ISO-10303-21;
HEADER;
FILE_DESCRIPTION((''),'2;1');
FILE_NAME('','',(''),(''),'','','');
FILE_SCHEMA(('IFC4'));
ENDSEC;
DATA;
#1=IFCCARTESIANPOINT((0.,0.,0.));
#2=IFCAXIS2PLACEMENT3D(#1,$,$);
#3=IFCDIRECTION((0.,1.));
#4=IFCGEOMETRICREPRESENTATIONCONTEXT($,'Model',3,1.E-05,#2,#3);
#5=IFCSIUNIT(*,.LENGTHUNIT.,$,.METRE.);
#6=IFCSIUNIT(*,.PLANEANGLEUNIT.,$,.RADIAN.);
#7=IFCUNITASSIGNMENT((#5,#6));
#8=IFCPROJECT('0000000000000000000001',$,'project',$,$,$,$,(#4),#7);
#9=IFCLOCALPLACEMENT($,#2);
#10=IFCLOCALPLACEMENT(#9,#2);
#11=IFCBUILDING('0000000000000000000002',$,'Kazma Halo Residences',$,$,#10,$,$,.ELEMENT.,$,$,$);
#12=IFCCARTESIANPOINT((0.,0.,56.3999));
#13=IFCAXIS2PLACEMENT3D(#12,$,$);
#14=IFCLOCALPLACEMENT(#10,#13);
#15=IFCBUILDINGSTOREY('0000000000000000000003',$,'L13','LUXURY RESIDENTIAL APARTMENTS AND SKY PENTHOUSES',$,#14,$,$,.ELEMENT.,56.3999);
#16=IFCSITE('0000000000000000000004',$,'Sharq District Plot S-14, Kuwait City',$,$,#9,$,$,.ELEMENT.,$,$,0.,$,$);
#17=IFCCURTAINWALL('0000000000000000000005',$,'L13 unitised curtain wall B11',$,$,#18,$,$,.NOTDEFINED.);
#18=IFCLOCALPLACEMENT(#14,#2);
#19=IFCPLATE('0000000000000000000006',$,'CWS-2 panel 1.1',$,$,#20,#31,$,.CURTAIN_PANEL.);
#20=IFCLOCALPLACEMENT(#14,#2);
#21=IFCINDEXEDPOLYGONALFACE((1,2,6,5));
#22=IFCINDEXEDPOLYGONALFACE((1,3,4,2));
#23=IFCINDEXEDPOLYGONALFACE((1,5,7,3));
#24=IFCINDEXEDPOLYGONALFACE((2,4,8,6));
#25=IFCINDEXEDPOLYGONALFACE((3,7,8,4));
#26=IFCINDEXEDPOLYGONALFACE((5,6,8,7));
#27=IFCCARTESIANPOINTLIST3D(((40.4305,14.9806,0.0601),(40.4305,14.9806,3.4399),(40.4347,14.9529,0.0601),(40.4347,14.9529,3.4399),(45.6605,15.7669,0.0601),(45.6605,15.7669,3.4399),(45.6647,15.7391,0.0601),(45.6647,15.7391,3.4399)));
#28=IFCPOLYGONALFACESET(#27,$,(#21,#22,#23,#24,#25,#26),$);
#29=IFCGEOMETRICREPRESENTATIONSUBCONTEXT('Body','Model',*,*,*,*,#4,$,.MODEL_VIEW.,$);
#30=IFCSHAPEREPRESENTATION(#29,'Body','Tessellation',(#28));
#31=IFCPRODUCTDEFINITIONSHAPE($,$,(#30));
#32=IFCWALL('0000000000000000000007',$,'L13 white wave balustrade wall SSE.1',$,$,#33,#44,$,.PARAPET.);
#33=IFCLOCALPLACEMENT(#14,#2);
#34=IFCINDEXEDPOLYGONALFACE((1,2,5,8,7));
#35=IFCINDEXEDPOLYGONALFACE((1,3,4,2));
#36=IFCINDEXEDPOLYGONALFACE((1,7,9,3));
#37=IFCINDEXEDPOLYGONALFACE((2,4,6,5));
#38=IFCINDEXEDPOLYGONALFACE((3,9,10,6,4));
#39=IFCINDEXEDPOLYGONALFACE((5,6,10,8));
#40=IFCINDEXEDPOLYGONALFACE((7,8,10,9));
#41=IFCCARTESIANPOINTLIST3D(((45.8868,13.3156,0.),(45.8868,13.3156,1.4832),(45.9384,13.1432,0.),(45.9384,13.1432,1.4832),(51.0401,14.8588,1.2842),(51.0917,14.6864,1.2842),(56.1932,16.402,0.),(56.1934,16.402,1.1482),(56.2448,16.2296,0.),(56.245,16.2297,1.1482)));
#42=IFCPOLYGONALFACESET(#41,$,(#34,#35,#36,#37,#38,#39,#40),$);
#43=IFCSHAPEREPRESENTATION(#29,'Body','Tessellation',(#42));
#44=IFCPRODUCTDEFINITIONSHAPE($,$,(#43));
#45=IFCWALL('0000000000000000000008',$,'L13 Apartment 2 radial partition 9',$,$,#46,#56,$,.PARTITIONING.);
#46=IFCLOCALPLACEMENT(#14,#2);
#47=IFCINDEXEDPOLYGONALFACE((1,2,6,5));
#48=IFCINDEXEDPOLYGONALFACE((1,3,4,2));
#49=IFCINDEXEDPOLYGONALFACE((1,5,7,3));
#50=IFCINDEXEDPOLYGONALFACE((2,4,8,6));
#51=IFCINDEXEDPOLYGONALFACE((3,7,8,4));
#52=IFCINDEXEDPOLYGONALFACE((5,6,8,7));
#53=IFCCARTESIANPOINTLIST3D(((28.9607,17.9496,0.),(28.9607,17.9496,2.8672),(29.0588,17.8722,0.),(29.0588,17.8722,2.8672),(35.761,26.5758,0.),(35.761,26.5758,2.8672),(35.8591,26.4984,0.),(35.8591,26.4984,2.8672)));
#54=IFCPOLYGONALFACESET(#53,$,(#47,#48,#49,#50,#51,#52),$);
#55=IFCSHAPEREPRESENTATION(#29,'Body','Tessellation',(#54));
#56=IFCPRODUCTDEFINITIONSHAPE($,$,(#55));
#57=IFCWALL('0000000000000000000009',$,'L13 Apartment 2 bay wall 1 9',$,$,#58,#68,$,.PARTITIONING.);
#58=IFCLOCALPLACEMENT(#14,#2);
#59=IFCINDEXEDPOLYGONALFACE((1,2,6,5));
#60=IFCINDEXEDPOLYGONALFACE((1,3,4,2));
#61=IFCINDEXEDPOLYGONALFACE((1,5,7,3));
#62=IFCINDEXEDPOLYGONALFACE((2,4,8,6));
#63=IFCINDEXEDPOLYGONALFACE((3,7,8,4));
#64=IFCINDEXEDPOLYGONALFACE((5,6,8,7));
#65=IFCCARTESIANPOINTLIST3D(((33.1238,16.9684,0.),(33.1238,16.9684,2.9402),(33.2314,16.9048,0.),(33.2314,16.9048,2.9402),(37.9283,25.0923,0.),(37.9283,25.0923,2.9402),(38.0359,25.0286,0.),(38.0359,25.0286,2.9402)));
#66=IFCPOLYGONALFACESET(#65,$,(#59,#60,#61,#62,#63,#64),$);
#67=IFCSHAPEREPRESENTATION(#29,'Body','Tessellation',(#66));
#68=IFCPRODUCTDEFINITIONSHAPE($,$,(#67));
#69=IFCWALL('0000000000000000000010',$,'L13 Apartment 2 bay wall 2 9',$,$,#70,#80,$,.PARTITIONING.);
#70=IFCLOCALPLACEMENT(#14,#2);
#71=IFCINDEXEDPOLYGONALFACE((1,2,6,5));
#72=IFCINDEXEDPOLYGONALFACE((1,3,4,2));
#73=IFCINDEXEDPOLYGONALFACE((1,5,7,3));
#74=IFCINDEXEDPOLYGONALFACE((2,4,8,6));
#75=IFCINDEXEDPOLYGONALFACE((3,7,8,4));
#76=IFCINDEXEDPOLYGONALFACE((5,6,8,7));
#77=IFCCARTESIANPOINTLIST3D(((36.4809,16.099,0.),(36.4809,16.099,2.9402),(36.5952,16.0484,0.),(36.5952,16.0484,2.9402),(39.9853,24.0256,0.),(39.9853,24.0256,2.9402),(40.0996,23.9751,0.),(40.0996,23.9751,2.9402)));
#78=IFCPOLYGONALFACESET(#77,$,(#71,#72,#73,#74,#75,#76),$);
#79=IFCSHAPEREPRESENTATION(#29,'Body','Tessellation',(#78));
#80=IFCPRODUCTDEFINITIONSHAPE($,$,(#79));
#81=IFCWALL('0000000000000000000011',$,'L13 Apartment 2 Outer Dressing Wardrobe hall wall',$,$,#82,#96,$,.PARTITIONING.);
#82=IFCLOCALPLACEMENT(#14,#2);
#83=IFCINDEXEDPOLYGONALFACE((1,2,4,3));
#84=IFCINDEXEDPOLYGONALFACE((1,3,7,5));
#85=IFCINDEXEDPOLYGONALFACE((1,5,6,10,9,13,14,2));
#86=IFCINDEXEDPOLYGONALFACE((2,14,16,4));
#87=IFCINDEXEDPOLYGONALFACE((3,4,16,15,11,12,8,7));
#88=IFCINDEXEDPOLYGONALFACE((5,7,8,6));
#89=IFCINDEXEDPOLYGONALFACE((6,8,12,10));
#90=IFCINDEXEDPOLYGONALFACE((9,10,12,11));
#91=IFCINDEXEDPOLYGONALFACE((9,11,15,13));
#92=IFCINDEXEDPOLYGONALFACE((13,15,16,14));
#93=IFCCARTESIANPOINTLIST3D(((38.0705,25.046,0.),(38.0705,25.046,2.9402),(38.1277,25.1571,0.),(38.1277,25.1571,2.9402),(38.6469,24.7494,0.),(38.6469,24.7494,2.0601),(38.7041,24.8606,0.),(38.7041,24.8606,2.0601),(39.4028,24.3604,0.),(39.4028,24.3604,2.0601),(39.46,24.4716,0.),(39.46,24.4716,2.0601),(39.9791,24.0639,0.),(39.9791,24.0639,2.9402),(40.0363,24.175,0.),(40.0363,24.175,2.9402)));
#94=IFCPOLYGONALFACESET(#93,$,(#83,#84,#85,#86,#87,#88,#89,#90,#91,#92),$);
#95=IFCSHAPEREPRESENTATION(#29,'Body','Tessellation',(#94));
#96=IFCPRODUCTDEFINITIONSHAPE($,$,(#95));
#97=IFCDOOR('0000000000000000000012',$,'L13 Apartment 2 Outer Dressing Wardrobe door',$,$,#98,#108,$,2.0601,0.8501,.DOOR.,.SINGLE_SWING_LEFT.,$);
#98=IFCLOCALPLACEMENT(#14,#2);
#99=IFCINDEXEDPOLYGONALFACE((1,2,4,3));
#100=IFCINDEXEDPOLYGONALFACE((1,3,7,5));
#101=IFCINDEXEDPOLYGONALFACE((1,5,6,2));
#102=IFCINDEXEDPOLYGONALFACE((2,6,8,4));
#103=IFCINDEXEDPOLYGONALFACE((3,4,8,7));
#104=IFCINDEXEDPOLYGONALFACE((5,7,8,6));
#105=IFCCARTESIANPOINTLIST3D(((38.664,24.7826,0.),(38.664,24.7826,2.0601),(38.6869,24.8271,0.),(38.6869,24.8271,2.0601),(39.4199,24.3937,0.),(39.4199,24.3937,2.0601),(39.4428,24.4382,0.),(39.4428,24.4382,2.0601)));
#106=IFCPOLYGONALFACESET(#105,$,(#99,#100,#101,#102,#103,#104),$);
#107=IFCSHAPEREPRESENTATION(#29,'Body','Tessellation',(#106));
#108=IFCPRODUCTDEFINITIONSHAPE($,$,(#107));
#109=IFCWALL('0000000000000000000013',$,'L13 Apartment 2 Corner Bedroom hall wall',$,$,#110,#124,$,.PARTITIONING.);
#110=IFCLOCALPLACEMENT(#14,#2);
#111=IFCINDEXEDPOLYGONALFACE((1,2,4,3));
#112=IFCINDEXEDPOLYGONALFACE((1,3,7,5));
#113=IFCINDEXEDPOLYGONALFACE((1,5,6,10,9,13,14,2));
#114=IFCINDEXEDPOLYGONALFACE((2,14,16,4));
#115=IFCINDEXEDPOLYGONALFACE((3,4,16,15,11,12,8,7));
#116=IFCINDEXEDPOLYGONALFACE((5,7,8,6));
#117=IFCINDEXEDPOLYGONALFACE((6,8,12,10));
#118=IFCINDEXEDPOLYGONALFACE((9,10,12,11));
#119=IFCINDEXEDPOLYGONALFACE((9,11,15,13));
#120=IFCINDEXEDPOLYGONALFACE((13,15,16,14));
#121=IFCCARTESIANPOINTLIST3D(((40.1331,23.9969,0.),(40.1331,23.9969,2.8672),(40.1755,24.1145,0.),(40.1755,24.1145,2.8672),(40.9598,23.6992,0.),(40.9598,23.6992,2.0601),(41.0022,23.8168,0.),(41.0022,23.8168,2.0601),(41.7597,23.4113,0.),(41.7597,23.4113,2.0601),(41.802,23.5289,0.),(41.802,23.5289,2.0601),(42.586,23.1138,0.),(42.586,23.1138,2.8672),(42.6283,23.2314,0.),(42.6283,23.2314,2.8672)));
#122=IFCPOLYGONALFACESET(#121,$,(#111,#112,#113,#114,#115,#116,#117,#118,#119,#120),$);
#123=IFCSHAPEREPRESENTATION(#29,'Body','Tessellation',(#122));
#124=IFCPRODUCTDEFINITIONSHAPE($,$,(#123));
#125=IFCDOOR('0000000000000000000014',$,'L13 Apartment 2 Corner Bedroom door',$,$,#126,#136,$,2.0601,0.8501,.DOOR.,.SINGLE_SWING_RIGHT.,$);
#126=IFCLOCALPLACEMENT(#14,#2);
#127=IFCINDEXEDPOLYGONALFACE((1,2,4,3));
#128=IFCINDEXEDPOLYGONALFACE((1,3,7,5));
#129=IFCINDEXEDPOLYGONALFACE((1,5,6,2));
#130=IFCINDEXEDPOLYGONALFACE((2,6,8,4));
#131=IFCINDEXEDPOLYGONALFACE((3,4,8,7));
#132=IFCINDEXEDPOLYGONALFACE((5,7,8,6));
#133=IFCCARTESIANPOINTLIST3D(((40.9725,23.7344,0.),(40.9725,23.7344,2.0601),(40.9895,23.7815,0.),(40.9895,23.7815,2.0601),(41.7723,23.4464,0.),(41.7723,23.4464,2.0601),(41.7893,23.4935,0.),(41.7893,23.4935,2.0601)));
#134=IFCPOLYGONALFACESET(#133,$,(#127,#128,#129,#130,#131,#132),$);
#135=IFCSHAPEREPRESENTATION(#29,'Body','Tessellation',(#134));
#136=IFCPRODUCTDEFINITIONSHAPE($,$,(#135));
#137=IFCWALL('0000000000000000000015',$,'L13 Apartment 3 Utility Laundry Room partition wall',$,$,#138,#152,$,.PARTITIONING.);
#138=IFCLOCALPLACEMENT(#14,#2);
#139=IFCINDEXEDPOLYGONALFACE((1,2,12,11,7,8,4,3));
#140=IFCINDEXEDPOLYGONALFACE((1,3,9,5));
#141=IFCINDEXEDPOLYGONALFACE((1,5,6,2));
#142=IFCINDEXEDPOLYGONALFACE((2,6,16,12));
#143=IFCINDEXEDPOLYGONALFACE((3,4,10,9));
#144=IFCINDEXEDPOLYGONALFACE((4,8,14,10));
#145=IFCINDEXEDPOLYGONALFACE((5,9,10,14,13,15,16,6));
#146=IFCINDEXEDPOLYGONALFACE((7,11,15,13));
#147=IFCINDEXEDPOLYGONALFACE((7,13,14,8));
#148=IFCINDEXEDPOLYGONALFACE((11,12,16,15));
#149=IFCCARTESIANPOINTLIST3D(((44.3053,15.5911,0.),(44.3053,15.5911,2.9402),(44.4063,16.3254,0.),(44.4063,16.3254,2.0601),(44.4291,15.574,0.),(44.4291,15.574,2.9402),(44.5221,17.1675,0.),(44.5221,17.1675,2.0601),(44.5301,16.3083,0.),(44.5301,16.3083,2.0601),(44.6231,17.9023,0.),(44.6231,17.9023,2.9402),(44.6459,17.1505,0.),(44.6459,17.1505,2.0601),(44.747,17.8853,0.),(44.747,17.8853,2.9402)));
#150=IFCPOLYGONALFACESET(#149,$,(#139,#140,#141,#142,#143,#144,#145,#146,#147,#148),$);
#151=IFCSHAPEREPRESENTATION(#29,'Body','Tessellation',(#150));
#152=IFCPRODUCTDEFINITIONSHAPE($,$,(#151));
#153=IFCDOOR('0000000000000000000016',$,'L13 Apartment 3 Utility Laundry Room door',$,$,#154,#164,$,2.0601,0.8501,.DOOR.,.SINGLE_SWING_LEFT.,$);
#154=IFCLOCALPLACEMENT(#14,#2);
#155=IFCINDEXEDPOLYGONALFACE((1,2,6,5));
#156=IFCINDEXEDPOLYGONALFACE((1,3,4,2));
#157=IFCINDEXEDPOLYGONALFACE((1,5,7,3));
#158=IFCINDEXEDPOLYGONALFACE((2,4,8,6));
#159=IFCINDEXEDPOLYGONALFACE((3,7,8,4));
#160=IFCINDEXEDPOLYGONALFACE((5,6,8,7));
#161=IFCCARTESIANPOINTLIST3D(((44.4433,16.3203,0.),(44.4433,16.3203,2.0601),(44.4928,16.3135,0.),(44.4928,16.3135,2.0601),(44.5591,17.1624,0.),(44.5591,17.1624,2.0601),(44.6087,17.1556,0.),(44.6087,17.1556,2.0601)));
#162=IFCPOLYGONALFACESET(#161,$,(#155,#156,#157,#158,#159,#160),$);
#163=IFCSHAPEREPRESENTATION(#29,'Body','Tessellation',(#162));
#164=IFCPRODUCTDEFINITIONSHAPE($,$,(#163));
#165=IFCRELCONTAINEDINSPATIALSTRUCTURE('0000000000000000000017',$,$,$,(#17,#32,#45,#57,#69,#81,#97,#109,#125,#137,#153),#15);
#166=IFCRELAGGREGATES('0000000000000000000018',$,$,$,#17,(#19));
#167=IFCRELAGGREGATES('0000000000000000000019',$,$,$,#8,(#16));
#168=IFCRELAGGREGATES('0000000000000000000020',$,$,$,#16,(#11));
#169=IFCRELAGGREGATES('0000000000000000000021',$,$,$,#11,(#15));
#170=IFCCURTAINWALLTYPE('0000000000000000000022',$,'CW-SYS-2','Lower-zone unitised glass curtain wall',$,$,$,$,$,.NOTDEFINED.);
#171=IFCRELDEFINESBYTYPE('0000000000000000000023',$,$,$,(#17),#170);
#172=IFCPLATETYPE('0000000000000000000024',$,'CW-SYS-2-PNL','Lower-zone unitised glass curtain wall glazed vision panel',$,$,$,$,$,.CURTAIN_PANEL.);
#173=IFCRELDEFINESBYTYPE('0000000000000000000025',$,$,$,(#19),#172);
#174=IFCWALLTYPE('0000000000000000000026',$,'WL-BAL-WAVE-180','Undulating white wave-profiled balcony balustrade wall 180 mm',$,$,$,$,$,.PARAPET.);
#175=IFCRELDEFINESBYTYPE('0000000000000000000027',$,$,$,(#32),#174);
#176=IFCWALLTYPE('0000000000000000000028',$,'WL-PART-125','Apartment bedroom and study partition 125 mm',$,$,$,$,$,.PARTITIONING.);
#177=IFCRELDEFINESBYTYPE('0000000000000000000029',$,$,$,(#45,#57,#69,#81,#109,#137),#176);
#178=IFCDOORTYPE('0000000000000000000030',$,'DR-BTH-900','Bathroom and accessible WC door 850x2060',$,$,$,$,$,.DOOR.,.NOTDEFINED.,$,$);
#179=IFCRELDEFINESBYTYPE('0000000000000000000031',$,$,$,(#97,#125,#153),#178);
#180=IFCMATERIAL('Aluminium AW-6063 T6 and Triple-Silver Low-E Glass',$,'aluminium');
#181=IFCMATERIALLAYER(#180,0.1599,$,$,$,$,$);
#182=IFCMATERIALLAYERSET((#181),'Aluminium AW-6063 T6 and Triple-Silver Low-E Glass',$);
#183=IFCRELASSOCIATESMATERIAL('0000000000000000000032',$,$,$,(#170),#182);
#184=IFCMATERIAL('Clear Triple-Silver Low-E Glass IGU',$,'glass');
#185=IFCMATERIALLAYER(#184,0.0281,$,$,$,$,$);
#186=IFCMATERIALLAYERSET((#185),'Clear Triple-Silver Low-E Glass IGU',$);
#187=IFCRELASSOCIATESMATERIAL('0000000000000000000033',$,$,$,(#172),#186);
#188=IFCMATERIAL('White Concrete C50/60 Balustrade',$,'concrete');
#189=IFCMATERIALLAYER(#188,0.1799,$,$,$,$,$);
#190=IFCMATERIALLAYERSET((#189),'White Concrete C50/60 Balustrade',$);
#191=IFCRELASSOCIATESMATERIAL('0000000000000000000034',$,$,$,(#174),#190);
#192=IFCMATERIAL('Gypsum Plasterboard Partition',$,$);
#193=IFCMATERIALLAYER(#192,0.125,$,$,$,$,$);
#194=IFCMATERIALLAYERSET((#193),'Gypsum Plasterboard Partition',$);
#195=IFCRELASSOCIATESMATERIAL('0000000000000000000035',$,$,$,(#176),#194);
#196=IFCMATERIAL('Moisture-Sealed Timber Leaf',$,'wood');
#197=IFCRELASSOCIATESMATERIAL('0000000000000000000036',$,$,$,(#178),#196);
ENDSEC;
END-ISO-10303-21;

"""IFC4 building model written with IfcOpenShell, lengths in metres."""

from ifc_helpers import new_model, si_unit, direction, frame, frame_2d, origin, origin_2d, place, context, subcontext, project, spatial, polyline, rectangle, outline, extrude, material, layer, layer_set, type_object, element, fill, aggregate, save


model = new_model("IFC4")

# Units and contexts
model_context = context("Model", 3, precision=1e-05, world=origin(), true_north=direction((0.0, 1.0)))
body_context = subcontext(model_context, "Body", "Model", "MODEL_VIEW")
ifc_project = project(units=[si_unit("LENGTHUNIT", "METRE"), si_unit("PLANEANGLEUNIT", "RADIAN")], contexts=[model_context])

# Site, building, storey
site_placement = place(None, origin())
site = spatial("IfcSite", under=ifc_project, at=site_placement, Name="Sharq District Plot S-14, Kuwait City", CompositionType="ELEMENT", RefElevation=0.0)
building_placement = place(site_placement, origin())
building = spatial("IfcBuilding", under=site, at=building_placement, Name="Kazma Halo Residences", CompositionType="ELEMENT")
storey_placement = place(building_placement, frame((0.0, 0.0, 56.3999)))
storey = spatial("IfcBuildingStorey", under=building, at=storey_placement, Name="L13", Description="LUXURY RESIDENTIAL APARTMENTS AND SKY PENTHOUSES", CompositionType="ELEMENT", Elevation=56.3999)

# Curtain wall, plate
ifc_material_1 = material(Name="Aluminium AW-6063 T6 and Triple-Silver Low-E Glass", Category="aluminium")
ifc_layer_1 = layer(ifc_material_1, 0.1599)
ifc_layer_set_1 = layer_set([ifc_layer_1], Name="Aluminium AW-6063 T6 and Triple-Silver Low-E Glass")
curtain_wall_type = type_object("IfcCurtainWallType", Name="CW-SYS-2", Description="Lower-zone unitised glass curtain wall", PredefinedType="NOTDEFINED", material=ifc_layer_set_1)
curtain_wall_placement = place(storey_placement, origin())
curtain_wall = element("IfcCurtainWall", 1, at=curtain_wall_placement, inside=storey, type_object=curtain_wall_type, Name="L13 unitised curtain wall B11", PredefinedType="NOTDEFINED")
ifc_material_2 = material(Name="Clear Triple-Silver Low-E Glass IGU", Category="glass")
ifc_layer_2 = layer(ifc_material_2, 0.0281)
ifc_layer_set_2 = layer_set([ifc_layer_2], Name="Clear Triple-Silver Low-E Glass IGU")
plate_type = type_object("IfcPlateType", Name="CW-SYS-2-PNL", Description="Lower-zone unitised glass curtain wall glazed vision panel", PredefinedType="CURTAIN_PANEL", material=ifc_layer_set_2)
plate_placement = place(storey_placement, frame((43.0476, 15.3599, 0.0601), z_axis=(0.0, 0.0, 1.0), x_axis=(0.988889, 0.148657, 0.0)))
plate = element("IfcPlate", 2, at=plate_placement, type_object=plate_type, Name="CWS-2 panel 1.1", PredefinedType="CURTAIN_PANEL", context=body_context, shape_type="SweptSolid", body=[
    extrude(rectangle(XDim=5.2888, YDim=0.0281, at=origin_2d()), origin(), (0.0, 0.0, 1.0), 3.3799),
])
aggregate(curtain_wall, [plate])

# Walls
ifc_material_3 = material(Name="White Concrete C50/60 Balustrade", Category="concrete")
ifc_layer_3 = layer(ifc_material_3, 0.1799)
ifc_layer_set_3 = layer_set([ifc_layer_3], Name="White Concrete C50/60 Balustrade")
wall_type_1 = type_object("IfcWallType", Name="WL-BAL-WAVE-180", Description="Undulating white wave-profiled balcony balustrade wall 180 mm", PredefinedType="PARAPET", material=ifc_layer_set_3)
wall_1_placement = place(storey_placement, frame((45.9126, 13.2295, 0.0), z_axis=(0.0, 0.0, 1.0), x_axis=(0.957967, 0.286879, 0.0)))
element("IfcWall", 3, at=wall_1_placement, inside=storey, type_object=wall_type_1, Name="L13 white wave balustrade wall SSE.1", PredefinedType="PARAPET", context=body_context, shape_type="SweptSolid", body=[
    extrude(outline(polyline([(0.0, 0.0), (10.7585, 0.0), (10.7588, 1.1482), (5.3794, 1.2842), (0.0, 1.4832), (0.0, 0.0)])), frame((0.0, 0.0898, 0.0), z_axis=(0.0, -1.0, 0.0), x_axis=(1.0, 0.0, 0.0)), (0.0, 0.0, 1.0), 0.1799),
])
ifc_material_4 = material(Name="Gypsum Plasterboard Partition")
ifc_layer_4 = layer(ifc_material_4, 0.125)
ifc_layer_set_4 = layer_set([ifc_layer_4], Name="Gypsum Plasterboard Partition")
wall_type_2 = type_object("IfcWallType", Name="WL-PART-125", Description="Apartment bedroom and study partition 125 mm", PredefinedType="PARTITIONING", material=ifc_layer_set_4)
wall_2_placement = place(storey_placement, frame((35.8101, 26.5371, 0.0), z_axis=(0.0, 0.0, 1.0), x_axis=(-0.61909, -0.78532, 0.0)))
element("IfcWall", 4, at=wall_2_placement, inside=storey, type_object=wall_type_2, Name="L13 Apartment 2 radial partition 9", PredefinedType="PARTITIONING", context=body_context, shape_type="SweptSolid", body=[
    extrude(rectangle(XDim=10.9844, YDim=0.125, at=frame_2d((5.4922, 0.0))), origin(), (0.0, 0.0, 1.0), 2.8672),
])
wall_3_placement = place(storey_placement, frame((37.9822, 25.0605, 0.0), z_axis=(0.0, 0.0, 1.0), x_axis=(-0.509046, -0.86074, 0.0)))
element("IfcWall", 5, at=wall_3_placement, inside=storey, type_object=wall_type_2, Name="L13 Apartment 2 bay wall 1 9", PredefinedType="PARTITIONING", context=body_context, shape_type="SweptSolid", body=[
    extrude(rectangle(XDim=9.4382, YDim=0.125, at=frame_2d((4.7192, 0.0))), origin(), (0.0, 0.0, 1.0), 2.9402),
])
wall_4_placement = place(storey_placement, frame((40.0425, 24.0005, 0.0), z_axis=(0.0, 0.0, 1.0), x_axis=(-0.404345, -0.914607, 0.0)))
element("IfcWall", 6, at=wall_4_placement, inside=storey, type_object=wall_type_2, Name="L13 Apartment 2 bay wall 2 9", PredefinedType="PARTITIONING", context=body_context, shape_type="SweptSolid", body=[
    extrude(rectangle(XDim=8.6667, YDim=0.125, at=frame_2d((4.3335, 0.0))), origin(), (0.0, 0.0, 1.0), 2.9402),
])

# Walls, openings, doors
wall_5_placement = place(storey_placement, frame((38.0991, 25.1016, 0.0), z_axis=(0.0, 0.0, 1.0), x_axis=(0.889181, -0.457556, 0.0)))
wall_5 = element("IfcWall", 7, at=wall_5_placement, inside=storey, type_object=wall_type_2, Name="L13 Apartment 2 Outer Dressing Wardrobe hall wall", PredefinedType="PARTITIONING", context=body_context, shape_type="SweptSolid", body=[
    extrude(rectangle(XDim=2.1465, YDim=0.125, at=frame_2d((1.0732, 0.0))), origin(), (0.0, 0.0, 1.0), 2.9402),
])
opening_1_placement = place(wall_5_placement, frame((0.6482, 0.0, 0.0)))
opening_1 = element("IfcOpeningElement", 8, at=opening_1_placement, cuts=wall_5, PredefinedType="OPENING", context=body_context, shape_type="SweptSolid", body=[
    extrude(rectangle(XDim=0.8501, YDim=2.0601, at=frame_2d((0.425, 1.03))), frame((0.0, 0.0725, 0.0), z_axis=(0.0, -1.0, 0.0), x_axis=(1.0, 0.0, 0.0)), (0.0, 0.0, 1.0), 0.145),
])
ifc_material_5 = material(Name="Moisture-Sealed Timber Leaf", Category="wood")
door_type_1 = type_object("IfcDoorType", Name="DR-BTH-900", Description="Bathroom and accessible WC door 850x2060", OperationType="NOTDEFINED", PredefinedType="DOOR", material=ifc_material_5)
door_1_placement = place(opening_1_placement, origin())
door_1 = element("IfcDoor", 9, at=door_1_placement, inside=storey, type_object=door_type_1, Name="L13 Apartment 2 Outer Dressing Wardrobe door", OperationType="SINGLE_SWING_LEFT", OverallHeight=2.0601, OverallWidth=0.8501, PredefinedType="DOOR", context=body_context, shape_type="SweptSolid", body=[
    extrude(rectangle(XDim=0.8501, YDim=2.0601, at=frame_2d((0.425, 1.03))), frame((0.0, 0.0249, 0.0), z_axis=(0.0, -1.0, 0.0), x_axis=(1.0, 0.0, 0.0)), (0.0, 0.0, 1.0), 0.05),
])
fill(opening_1, door_1)
wall_6_placement = place(storey_placement, frame((40.1543, 24.0557, 0.0), z_axis=(0.0, 0.0, 1.0), x_axis=(0.940885, -0.338726, 0.0)))
wall_6 = element("IfcWall", 10, at=wall_6_placement, inside=storey, type_object=wall_type_2, Name="L13 Apartment 2 Corner Bedroom hall wall", PredefinedType="PARTITIONING", context=body_context, shape_type="SweptSolid", body=[
    extrude(rectangle(XDim=2.6069, YDim=0.125, at=frame_2d((1.3035, 0.0))), origin(), (0.0, 0.0, 1.0), 2.8672),
])
opening_2_placement = place(wall_6_placement, frame((0.8787, 0.0, 0.0)))
opening_2 = element("IfcOpeningElement", 11, at=opening_2_placement, cuts=wall_6, PredefinedType="OPENING", context=body_context, shape_type="SweptSolid", body=[
    extrude(rectangle(XDim=0.8501, YDim=2.0601, at=frame_2d((0.425, 1.03))), frame((0.0, 0.0725, 0.0), z_axis=(0.0, -1.0, 0.0), x_axis=(1.0, 0.0, 0.0)), (0.0, 0.0, 1.0), 0.145),
])
door_2_placement = place(opening_2_placement, origin())
door_2 = element("IfcDoor", 12, at=door_2_placement, inside=storey, type_object=door_type_1, Name="L13 Apartment 2 Corner Bedroom door", OperationType="SINGLE_SWING_RIGHT", OverallHeight=2.0601, OverallWidth=0.8501, PredefinedType="DOOR", context=body_context, shape_type="SweptSolid", body=[
    extrude(rectangle(XDim=0.8501, YDim=2.0601, at=frame_2d((0.425, 1.03))), frame((0.0, 0.0249, 0.0), z_axis=(0.0, -1.0, 0.0), x_axis=(1.0, 0.0, 0.0)), (0.0, 0.0, 1.0), 0.05),
])
fill(opening_2, door_2)
wall_7_placement = place(storey_placement, frame((44.6851, 17.8938, 0.0), z_axis=(0.0, 0.0, 1.0), x_axis=(-0.136248, -0.990675, 0.0)))
wall_7 = element("IfcWall", 13, at=wall_7_placement, inside=storey, type_object=wall_type_2, Name="L13 Apartment 3 Utility Laundry Room partition wall", PredefinedType="PARTITIONING", context=body_context, shape_type="SweptSolid", body=[
    extrude(rectangle(XDim=2.333, YDim=0.125, at=frame_2d((1.1665, 0.0))), origin(), (0.0, 0.0, 1.0), 2.9402),
])
opening_3_placement = place(wall_7_placement, frame((0.7417, 0.0, 0.0)))
opening_3 = element("IfcOpeningElement", 14, at=opening_3_placement, cuts=wall_7, PredefinedType="OPENING", context=body_context, shape_type="SweptSolid", body=[
    extrude(rectangle(XDim=0.8501, YDim=2.0601, at=frame_2d((0.425, 1.03))), frame((0.0, 0.0725, 0.0), z_axis=(0.0, -1.0, 0.0), x_axis=(1.0, 0.0, 0.0)), (0.0, 0.0, 1.0), 0.145),
])
door_3_placement = place(opening_3_placement, origin())
door_3 = element("IfcDoor", 15, at=door_3_placement, inside=storey, type_object=door_type_1, Name="L13 Apartment 3 Utility Laundry Room door", OperationType="SINGLE_SWING_LEFT", OverallHeight=2.0601, OverallWidth=0.8501, PredefinedType="DOOR", context=body_context, shape_type="SweptSolid", body=[
    extrude(rectangle(XDim=0.8501, YDim=2.0601, at=frame_2d((0.425, 1.03))), frame((0.0, 0.0249, 0.0), z_axis=(0.0, -1.0, 0.0), x_axis=(1.0, 0.0, 0.0)), (0.0, 0.0, 1.0), 0.05),
])
fill(opening_3, door_3)

save(model, "model.ifc")
